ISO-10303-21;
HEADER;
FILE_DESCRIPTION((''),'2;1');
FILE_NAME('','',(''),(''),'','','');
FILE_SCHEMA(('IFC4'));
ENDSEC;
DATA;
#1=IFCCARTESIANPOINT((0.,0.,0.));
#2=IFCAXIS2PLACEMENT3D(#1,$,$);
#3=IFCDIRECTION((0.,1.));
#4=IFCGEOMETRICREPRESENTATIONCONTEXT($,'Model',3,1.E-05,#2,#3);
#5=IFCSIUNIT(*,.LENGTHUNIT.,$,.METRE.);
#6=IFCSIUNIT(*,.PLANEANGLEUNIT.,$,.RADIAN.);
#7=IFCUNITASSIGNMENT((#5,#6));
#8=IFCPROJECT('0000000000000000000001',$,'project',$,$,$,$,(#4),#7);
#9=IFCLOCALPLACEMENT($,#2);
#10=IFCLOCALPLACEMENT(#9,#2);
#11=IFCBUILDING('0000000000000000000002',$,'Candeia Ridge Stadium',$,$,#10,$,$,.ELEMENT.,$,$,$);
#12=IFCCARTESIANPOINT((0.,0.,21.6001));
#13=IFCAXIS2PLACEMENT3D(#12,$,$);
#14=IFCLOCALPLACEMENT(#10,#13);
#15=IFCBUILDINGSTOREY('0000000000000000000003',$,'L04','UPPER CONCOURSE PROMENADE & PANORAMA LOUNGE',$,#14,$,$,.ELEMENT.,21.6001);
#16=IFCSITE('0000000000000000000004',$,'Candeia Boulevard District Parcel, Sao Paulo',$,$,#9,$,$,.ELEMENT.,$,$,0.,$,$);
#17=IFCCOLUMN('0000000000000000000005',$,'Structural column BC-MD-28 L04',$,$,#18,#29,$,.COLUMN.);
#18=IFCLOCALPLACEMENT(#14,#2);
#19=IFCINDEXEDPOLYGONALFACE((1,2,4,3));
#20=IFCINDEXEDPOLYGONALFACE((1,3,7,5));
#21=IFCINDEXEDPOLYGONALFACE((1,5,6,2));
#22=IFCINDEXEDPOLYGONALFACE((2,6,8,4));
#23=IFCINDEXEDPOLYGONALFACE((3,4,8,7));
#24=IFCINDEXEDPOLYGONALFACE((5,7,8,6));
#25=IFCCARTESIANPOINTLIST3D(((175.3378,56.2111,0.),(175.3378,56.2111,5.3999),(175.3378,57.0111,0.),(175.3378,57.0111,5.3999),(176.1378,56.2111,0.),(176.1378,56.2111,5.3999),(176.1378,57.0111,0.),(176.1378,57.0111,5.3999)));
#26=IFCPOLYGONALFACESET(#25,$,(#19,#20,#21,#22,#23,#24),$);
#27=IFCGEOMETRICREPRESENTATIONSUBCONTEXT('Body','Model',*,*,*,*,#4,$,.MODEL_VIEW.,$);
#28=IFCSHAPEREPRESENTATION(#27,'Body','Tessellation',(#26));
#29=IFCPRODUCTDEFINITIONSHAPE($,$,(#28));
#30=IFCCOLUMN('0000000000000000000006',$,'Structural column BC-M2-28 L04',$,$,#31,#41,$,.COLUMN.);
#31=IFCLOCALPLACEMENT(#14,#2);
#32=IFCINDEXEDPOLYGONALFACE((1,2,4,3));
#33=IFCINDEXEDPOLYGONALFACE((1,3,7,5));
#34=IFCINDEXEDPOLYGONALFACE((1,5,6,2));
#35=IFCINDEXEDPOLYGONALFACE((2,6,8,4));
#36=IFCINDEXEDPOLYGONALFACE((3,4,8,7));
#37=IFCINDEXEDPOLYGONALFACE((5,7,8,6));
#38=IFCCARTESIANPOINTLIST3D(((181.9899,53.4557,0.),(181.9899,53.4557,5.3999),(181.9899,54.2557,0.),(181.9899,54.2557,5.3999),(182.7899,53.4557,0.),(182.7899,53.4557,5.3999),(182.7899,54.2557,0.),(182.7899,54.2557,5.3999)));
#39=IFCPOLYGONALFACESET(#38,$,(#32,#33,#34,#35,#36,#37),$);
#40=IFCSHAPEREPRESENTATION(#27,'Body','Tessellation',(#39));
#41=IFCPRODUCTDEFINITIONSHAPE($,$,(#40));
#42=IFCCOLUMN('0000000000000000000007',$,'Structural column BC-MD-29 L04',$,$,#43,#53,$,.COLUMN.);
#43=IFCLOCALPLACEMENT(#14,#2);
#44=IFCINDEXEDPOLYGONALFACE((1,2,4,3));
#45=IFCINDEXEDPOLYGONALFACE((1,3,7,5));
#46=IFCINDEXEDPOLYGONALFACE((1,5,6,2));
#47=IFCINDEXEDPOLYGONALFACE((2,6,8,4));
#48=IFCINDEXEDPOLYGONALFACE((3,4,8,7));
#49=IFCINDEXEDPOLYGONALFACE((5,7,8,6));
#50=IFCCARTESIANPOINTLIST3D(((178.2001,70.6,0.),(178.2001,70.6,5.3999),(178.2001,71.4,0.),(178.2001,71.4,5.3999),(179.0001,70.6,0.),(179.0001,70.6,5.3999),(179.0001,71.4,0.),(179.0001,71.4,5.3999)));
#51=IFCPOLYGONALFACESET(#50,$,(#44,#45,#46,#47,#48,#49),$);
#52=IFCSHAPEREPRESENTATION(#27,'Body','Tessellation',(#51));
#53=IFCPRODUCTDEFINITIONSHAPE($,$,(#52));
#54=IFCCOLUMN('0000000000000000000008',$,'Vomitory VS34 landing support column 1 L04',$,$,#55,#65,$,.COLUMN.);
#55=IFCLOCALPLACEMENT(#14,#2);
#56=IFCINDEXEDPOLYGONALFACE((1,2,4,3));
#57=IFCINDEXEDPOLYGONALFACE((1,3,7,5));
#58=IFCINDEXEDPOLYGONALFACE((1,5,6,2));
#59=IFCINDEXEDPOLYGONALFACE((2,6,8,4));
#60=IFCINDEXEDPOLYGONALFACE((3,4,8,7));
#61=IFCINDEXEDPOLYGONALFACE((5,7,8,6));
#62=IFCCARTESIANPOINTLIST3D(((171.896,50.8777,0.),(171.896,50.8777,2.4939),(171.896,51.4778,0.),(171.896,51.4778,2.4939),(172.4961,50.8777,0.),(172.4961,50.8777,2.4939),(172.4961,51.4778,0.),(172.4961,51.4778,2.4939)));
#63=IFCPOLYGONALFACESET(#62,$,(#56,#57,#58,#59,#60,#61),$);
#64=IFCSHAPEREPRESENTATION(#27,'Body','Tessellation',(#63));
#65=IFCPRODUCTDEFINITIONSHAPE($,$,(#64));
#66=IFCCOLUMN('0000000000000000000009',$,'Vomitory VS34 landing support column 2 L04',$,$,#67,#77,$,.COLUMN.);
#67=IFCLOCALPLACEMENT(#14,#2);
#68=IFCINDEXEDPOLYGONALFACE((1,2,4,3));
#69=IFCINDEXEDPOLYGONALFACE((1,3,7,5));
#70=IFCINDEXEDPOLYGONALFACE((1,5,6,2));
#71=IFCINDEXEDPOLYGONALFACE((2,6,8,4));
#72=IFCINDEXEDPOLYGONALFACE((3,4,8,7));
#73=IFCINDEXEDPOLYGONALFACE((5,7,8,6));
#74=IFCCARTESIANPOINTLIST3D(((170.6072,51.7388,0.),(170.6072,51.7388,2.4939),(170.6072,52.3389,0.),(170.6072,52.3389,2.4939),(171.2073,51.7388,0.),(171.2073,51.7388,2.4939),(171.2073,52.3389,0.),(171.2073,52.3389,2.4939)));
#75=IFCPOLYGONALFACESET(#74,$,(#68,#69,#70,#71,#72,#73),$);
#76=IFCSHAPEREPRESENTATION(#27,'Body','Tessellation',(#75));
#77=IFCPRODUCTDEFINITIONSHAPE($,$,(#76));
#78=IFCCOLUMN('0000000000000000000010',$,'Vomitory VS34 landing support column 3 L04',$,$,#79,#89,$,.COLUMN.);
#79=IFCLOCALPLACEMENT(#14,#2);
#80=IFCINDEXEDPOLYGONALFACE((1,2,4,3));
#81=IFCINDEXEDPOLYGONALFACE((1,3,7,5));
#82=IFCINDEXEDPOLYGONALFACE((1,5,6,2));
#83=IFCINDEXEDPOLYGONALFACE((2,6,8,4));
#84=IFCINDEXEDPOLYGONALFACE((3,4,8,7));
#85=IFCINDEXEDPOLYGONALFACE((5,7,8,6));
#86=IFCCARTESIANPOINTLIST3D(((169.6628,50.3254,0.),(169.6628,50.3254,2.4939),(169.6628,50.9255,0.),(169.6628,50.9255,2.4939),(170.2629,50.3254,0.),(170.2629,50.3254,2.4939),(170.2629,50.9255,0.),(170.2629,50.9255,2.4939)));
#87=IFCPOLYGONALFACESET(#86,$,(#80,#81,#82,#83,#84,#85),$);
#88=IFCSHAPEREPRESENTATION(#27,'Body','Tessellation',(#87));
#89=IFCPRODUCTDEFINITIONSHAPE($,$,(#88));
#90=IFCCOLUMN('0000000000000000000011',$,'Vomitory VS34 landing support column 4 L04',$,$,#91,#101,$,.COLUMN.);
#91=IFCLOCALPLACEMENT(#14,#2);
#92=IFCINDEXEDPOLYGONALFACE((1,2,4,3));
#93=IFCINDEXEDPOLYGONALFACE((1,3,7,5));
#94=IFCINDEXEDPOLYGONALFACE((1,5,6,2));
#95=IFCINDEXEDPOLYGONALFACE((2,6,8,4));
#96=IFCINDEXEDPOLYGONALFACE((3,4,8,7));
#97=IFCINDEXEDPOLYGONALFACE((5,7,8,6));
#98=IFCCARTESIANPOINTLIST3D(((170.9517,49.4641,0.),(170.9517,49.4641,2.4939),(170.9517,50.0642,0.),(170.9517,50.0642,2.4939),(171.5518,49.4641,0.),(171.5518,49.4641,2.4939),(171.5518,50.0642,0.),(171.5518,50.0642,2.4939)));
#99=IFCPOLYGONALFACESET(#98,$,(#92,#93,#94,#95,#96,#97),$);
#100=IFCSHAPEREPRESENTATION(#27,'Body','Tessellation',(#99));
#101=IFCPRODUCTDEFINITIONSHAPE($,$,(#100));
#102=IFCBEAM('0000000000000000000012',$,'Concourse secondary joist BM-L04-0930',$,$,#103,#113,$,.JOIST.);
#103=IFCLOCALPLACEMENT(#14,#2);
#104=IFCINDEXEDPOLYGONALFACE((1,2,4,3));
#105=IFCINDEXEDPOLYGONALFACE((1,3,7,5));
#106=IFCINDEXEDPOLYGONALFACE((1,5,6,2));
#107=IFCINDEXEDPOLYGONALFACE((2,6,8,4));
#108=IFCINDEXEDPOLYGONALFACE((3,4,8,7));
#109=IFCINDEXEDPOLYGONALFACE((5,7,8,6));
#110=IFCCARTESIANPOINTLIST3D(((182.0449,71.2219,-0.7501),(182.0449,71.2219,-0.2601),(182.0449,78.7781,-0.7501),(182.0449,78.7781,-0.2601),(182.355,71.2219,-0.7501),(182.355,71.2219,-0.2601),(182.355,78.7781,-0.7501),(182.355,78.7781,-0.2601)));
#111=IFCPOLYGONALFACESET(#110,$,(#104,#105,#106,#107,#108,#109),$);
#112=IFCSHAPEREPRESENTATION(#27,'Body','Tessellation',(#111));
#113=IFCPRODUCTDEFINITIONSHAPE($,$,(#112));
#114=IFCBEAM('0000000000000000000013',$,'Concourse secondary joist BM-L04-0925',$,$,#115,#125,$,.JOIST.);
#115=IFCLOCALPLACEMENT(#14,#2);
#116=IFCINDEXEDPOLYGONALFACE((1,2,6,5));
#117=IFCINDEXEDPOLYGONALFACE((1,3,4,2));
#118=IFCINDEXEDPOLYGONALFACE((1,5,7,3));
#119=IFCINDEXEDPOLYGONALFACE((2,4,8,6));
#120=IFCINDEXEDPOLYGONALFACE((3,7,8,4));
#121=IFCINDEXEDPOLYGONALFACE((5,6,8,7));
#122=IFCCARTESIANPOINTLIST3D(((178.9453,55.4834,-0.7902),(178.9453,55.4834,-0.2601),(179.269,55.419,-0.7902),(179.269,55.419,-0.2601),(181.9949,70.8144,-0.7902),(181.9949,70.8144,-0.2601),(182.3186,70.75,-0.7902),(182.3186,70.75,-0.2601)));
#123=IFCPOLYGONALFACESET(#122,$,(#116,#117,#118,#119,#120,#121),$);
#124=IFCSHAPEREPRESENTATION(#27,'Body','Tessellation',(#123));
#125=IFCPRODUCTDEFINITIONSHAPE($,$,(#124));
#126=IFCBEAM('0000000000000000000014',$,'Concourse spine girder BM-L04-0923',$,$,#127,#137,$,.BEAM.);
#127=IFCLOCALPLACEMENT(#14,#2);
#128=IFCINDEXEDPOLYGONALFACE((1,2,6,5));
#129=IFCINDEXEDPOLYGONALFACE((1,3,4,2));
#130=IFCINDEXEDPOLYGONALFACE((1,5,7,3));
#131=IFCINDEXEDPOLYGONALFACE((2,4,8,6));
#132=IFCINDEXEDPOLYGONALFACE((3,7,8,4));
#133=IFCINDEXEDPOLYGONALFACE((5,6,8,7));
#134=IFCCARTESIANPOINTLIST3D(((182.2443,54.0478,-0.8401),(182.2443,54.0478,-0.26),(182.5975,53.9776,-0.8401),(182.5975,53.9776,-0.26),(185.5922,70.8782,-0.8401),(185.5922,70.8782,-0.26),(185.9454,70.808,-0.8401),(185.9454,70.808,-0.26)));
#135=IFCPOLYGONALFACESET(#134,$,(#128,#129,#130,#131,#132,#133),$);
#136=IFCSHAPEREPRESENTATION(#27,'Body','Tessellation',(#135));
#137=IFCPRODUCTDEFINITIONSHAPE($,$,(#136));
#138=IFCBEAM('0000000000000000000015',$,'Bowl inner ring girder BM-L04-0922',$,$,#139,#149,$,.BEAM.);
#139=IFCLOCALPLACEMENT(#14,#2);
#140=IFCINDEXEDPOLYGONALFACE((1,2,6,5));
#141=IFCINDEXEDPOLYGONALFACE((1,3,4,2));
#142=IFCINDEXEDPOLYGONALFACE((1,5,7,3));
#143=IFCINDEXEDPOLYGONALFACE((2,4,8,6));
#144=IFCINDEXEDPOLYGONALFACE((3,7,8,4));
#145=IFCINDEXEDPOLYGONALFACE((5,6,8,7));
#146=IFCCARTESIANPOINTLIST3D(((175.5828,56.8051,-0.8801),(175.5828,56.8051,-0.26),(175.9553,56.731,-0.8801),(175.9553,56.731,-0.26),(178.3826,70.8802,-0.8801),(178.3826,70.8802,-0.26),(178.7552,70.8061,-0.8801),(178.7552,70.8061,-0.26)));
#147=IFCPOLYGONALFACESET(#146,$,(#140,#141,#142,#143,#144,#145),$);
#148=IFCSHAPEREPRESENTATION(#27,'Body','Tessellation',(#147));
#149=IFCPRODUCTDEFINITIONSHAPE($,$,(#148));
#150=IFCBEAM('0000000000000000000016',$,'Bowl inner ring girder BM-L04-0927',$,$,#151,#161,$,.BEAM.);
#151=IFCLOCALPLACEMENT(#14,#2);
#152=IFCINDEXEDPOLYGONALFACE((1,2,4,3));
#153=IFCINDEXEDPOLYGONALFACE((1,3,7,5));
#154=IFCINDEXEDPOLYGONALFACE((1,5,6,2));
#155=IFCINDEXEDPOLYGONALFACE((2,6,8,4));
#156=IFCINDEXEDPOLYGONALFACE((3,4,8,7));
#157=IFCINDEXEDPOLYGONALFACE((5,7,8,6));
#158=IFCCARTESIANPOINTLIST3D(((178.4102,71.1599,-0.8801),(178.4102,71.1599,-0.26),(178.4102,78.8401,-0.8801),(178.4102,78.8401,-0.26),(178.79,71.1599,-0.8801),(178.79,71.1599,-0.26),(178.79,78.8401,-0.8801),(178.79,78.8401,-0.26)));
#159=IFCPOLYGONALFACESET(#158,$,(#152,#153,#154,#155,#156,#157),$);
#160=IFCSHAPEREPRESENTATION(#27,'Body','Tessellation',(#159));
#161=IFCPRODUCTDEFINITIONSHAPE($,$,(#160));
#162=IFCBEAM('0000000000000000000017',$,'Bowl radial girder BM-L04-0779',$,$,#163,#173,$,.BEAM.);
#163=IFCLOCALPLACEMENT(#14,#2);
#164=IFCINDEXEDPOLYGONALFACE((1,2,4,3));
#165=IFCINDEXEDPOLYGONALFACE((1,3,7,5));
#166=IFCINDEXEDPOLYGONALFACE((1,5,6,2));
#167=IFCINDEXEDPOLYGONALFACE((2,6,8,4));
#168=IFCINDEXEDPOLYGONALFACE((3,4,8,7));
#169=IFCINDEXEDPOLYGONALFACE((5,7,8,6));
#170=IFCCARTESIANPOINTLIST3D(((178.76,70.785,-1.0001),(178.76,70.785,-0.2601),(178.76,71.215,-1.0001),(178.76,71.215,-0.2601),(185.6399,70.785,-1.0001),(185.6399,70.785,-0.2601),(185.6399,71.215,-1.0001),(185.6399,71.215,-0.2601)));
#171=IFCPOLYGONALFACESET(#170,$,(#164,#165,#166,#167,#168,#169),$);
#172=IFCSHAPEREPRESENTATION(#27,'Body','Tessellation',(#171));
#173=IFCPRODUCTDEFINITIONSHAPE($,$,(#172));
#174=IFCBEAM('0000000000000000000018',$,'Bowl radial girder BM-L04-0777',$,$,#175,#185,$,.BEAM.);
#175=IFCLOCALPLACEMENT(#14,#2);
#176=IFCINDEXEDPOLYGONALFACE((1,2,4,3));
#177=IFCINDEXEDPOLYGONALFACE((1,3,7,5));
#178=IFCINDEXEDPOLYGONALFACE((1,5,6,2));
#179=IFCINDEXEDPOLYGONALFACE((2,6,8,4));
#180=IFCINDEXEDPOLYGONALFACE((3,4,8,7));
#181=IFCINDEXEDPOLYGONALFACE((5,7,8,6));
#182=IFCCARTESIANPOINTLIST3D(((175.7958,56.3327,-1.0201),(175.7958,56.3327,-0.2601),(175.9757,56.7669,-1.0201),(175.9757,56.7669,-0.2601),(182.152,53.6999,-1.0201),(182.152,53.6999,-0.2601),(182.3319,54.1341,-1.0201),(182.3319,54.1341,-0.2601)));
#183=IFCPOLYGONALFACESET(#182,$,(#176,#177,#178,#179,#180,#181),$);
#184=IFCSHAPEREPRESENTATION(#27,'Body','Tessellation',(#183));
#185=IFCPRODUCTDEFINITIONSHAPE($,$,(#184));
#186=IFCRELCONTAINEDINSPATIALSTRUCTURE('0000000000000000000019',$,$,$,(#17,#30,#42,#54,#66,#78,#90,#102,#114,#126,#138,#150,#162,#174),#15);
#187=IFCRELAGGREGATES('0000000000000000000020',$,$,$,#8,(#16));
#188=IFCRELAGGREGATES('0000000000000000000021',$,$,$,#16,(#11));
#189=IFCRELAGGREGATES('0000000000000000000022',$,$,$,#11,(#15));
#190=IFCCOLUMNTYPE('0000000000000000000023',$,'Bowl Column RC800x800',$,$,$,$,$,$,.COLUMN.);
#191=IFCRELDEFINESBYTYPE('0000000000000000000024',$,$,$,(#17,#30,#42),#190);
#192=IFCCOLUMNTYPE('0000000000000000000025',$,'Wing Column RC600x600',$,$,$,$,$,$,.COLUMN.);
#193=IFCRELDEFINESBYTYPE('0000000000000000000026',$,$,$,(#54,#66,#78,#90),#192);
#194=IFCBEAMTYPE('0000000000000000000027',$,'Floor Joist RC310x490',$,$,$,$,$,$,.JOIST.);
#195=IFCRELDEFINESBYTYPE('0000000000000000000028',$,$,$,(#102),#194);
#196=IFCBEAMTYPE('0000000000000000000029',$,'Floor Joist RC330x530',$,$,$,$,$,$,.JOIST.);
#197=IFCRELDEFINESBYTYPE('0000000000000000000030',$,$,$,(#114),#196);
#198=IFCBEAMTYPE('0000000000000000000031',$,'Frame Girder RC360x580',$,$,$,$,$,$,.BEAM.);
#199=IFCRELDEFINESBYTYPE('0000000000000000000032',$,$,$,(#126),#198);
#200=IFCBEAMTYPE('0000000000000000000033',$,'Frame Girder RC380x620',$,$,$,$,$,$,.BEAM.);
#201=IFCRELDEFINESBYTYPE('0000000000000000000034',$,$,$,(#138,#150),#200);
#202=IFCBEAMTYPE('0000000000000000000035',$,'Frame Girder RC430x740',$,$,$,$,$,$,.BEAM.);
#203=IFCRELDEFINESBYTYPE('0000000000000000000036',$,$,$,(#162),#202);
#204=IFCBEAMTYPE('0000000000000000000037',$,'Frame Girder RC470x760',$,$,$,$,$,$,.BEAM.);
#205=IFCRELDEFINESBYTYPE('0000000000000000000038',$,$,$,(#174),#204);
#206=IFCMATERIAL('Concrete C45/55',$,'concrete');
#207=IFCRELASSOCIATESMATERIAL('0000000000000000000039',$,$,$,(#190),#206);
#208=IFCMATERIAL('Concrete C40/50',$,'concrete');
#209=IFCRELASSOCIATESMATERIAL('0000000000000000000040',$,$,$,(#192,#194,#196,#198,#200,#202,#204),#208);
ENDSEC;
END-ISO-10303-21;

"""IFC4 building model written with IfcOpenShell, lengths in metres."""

from ifc_helpers import new_model, si_unit, direction, frame, origin, origin_2d, place, context, subcontext, project, spatial, rectangle, extrude, material, material_profile, profile_set, type_object, element, save


model = new_model("IFC4")

# Units and contexts
model_context = context("Model", 3, precision=1e-05, world=origin(), true_north=direction((0.0, 1.0)))
body_context = subcontext(model_context, "Body", "Model", "MODEL_VIEW")
ifc_project = project(units=[si_unit("LENGTHUNIT", "METRE"), si_unit("PLANEANGLEUNIT", "RADIAN")], contexts=[model_context])

# Site, building, storey
site_placement = place(None, origin())
site = spatial("IfcSite", under=ifc_project, at=site_placement, Name="Candeia Boulevard District Parcel, Sao Paulo", CompositionType="ELEMENT", RefElevation=0.0)
building_placement = place(site_placement, origin())
building = spatial("IfcBuilding", under=site, at=building_placement, Name="Candeia Ridge Stadium", CompositionType="ELEMENT")
storey_placement = place(building_placement, frame((0.0, 0.0, 21.6001)))
storey = spatial("IfcBuildingStorey", under=building, at=storey_placement, Name="L04", Description="UPPER CONCOURSE PROMENADE & PANORAMA LOUNGE", CompositionType="ELEMENT", Elevation=21.6001)

# Columns
ifc_material_1 = material(Name="Concrete C45/55", Category="concrete")
ifc_material_profile_1 = material_profile(ifc_material_1, rectangle(XDim=0.8, YDim=0.8, at=origin_2d()), Name="RC800x800", Category="concrete")
ifc_profile_set_1 = profile_set([ifc_material_profile_1], Name="Concrete C45/55")
column_type_1 = type_object("IfcColumnType", Name="Bowl Column RC800x800", PredefinedType="COLUMN", material=ifc_profile_set_1)
for number, where, z_axis, x_axis, name in (
    (1, (175.7378, 56.6111, 0.0), (0.0, 0.0, 1.0), (1.0, 0.0, 0.0), "Structural column BC-MD-28 L04"),
    (2, (182.3899, 53.8557, 0.0), (0.0, 0.0, 1.0), (1.0, 0.0, 0.0), "Structural column BC-M2-28 L04"),
    (3, (178.6001, 71.0, 0.0), (0.0, 0.0, 1.0), (1.0, 0.0, 0.0), "Structural column BC-MD-29 L04"),
):
    element("IfcColumn", number, at=place(storey_placement, frame(where, z_axis=z_axis, x_axis=x_axis)), inside=storey, type_object=column_type_1, Name=name, PredefinedType="COLUMN", context=body_context, shape_type="SweptSolid", body=[
        extrude(rectangle(XDim=0.8, YDim=0.8, at=origin_2d()), origin(), (0.0, 0.0, 1.0), 5.3999),
    ])
ifc_material_2 = material(Name="Concrete C40/50", Category="concrete")
ifc_material_profile_2 = material_profile(ifc_material_2, rectangle(XDim=0.6001, YDim=0.6001, at=origin_2d()), Name="RC600x600", Category="concrete")
ifc_profile_set_2 = profile_set([ifc_material_profile_2], Name="Concrete C40/50")
column_type_2 = type_object("IfcColumnType", Name="Wing Column RC600x600", PredefinedType="COLUMN", material=ifc_profile_set_2)
for number, where, z_axis, x_axis, name in (
    (4, (172.196, 51.1777, 0.0), (0.0, 0.0, 1.0), (1.0, 0.0, 0.0), "Vomitory VS34 landing support column 1 L04"),
    (5, (170.9072, 52.0388, 0.0), (0.0, 0.0, 1.0), (1.0, 0.0, 0.0), "Vomitory VS34 landing support column 2 L04"),
    (6, (169.9629, 50.6255, 0.0), (0.0, 0.0, 1.0), (1.0, 0.0, 0.0), "Vomitory VS34 landing support column 3 L04"),
    (7, (171.2517, 49.7642, 0.0), (0.0, 0.0, 1.0), (1.0, 0.0, 0.0), "Vomitory VS34 landing support column 4 L04"),
):
    element("IfcColumn", number, at=place(storey_placement, frame(where, z_axis=z_axis, x_axis=x_axis)), inside=storey, type_object=column_type_2, Name=name, PredefinedType="COLUMN", context=body_context, shape_type="SweptSolid", body=[
        extrude(rectangle(XDim=0.6001, YDim=0.6001, at=origin_2d()), origin(), (0.0, 0.0, 1.0), 2.4939),
    ])

# Beams
ifc_material_profile_3 = material_profile(ifc_material_2, rectangle(XDim=0.3101, YDim=0.49, at=origin_2d()), Name="RC310x490", Category="concrete")
ifc_profile_set_3 = profile_set([ifc_material_profile_3], Name="Concrete C40/50")
beam_type_1 = type_object("IfcBeamType", Name="Floor Joist RC310x490", PredefinedType="JOIST", material=ifc_profile_set_3)
beam_1_placement = place(storey_placement, frame((182.2, 71.2219, -0.5051), z_axis=(0.0, 1.0, 0.0), x_axis=(-1.0, 0.0, 0.0)))
element("IfcBeam", 8, at=beam_1_placement, inside=storey, type_object=beam_type_1, Name="Concourse secondary joist BM-L04-0930", PredefinedType="JOIST", context=body_context, shape_type="SweptSolid", body=[
    extrude(rectangle(XDim=0.3101, YDim=0.49, at=origin_2d()), origin(), (0.0, 0.0, 1.0), 7.5562),
])
ifc_material_profile_4 = material_profile(ifc_material_2, rectangle(XDim=0.3301, YDim=0.53, at=origin_2d()), Name="RC330x530", Category="concrete")
ifc_profile_set_4 = profile_set([ifc_material_profile_4], Name="Concrete C40/50")
beam_type_2 = type_object("IfcBeamType", Name="Floor Joist RC330x530", PredefinedType="JOIST", material=ifc_profile_set_4)
beam_2_placement = place(storey_placement, frame((179.1072, 55.4512, -0.5251), z_axis=(0.195092, 0.980785, 0.0), x_axis=(-0.980785, 0.195092, 0.0)))
element("IfcBeam", 9, at=beam_2_placement, inside=storey, type_object=beam_type_2, Name="Concourse secondary joist BM-L04-0925", PredefinedType="JOIST", context=body_context, shape_type="SweptSolid", body=[
    extrude(rectangle(XDim=0.3301, YDim=0.53, at=origin_2d()), origin(), (0.0, 0.0, 1.0), 15.6313),
])
ifc_material_profile_5 = material_profile(ifc_material_2, rectangle(XDim=0.3601, YDim=0.5801, at=origin_2d()), Name="RC360x580", Category="concrete")
ifc_profile_set_5 = profile_set([ifc_material_profile_5], Name="Concrete C40/50")
beam_type_3 = type_object("IfcBeamType", Name="Frame Girder RC360x580", PredefinedType="BEAM", material=ifc_profile_set_5)
beam_3_placement = place(storey_placement, frame((182.4209, 54.0127, -0.55), z_axis=(0.195098, 0.980784, 0.0), x_axis=(-0.980784, 0.195098, 0.0)))
element("IfcBeam", 10, at=beam_3_placement, inside=storey, type_object=beam_type_3, Name="Concourse spine girder BM-L04-0923", PredefinedType="BEAM", context=body_context, shape_type="SweptSolid", body=[
    extrude(rectangle(XDim=0.3601, YDim=0.5801, at=origin_2d()), origin(), (0.0, 0.0, 1.0), 17.1602),
])
ifc_material_profile_6 = material_profile(ifc_material_2, rectangle(XDim=0.3799, YDim=0.6201, at=origin_2d()), Name="RC380x620", Category="concrete")
ifc_profile_set_6 = profile_set([ifc_material_profile_6], Name="Concrete C40/50")
beam_type_4 = type_object("IfcBeamType", Name="Frame Girder RC380x620", PredefinedType="BEAM", material=ifc_profile_set_6)
beam_4_placement = place(storey_placement, frame((175.769, 56.7681, -0.5701), z_axis=(0.195099, 0.980784, 0.0), x_axis=(-0.980784, 0.195099, 0.0)))
element("IfcBeam", 11, at=beam_4_placement, inside=storey, type_object=beam_type_4, Name="Bowl inner ring girder BM-L04-0922", PredefinedType="BEAM", context=body_context, shape_type="SweptSolid", body=[
    extrude(rectangle(XDim=0.3799, YDim=0.6201, at=origin_2d()), origin(), (0.0, 0.0, 1.0), 14.3508),
])
beam_5_placement = place(storey_placement, frame((178.6001, 71.1599, -0.5701), z_axis=(0.0, 1.0, 0.0), x_axis=(-1.0, 0.0, 0.0)))
element("IfcBeam", 12, at=beam_5_placement, inside=storey, type_object=beam_type_4, Name="Bowl inner ring girder BM-L04-0927", PredefinedType="BEAM", context=body_context, shape_type="SweptSolid", body=[
    extrude(rectangle(XDim=0.3799, YDim=0.6201, at=origin_2d()), origin(), (0.0, 0.0, 1.0), 7.6802),
])
ifc_material_profile_7 = material_profile(ifc_material_2, rectangle(XDim=0.4299, YDim=0.74, at=origin_2d()), Name="RC430x740", Category="concrete")
ifc_profile_set_7 = profile_set([ifc_material_profile_7], Name="Concrete C40/50")
beam_type_5 = type_object("IfcBeamType", Name="Frame Girder RC430x740", PredefinedType="BEAM", material=ifc_profile_set_7)
beam_6_placement = place(storey_placement, frame((178.76, 71.0, -0.6301), z_axis=(1.0, 0.0, 0.0), x_axis=(0.0, 1.0, 0.0)))
element("IfcBeam", 13, at=beam_6_placement, inside=storey, type_object=beam_type_5, Name="Bowl radial girder BM-L04-0779", PredefinedType="BEAM", context=body_context, shape_type="SweptSolid", body=[
    extrude(rectangle(XDim=0.4299, YDim=0.74, at=origin_2d()), origin(), (0.0, 0.0, 1.0), 6.8799),
])
ifc_material_profile_8 = material_profile(ifc_material_2, rectangle(XDim=0.47, YDim=0.76, at=origin_2d()), Name="RC470x760", Category="concrete")
ifc_profile_set_8 = profile_set([ifc_material_profile_8], Name="Concrete C40/50")
beam_type_6 = type_object("IfcBeamType", Name="Frame Girder RC470x760", PredefinedType="BEAM", material=ifc_profile_set_8)
beam_7_placement = place(storey_placement, frame((175.8857, 56.5498, -0.6401), z_axis=(0.92388, -0.382682, 0.0), x_axis=(0.382682, 0.92388, 0.0)))
element("IfcBeam", 14, at=beam_7_placement, inside=storey, type_object=beam_type_6, Name="Bowl radial girder BM-L04-0777", PredefinedType="BEAM", context=body_context, shape_type="SweptSolid", body=[
    extrude(rectangle(XDim=0.47, YDim=0.76, at=origin_2d()), origin(), (0.0, 0.0, 1.0), 6.8799),
])

save(model, "model.ifc")
